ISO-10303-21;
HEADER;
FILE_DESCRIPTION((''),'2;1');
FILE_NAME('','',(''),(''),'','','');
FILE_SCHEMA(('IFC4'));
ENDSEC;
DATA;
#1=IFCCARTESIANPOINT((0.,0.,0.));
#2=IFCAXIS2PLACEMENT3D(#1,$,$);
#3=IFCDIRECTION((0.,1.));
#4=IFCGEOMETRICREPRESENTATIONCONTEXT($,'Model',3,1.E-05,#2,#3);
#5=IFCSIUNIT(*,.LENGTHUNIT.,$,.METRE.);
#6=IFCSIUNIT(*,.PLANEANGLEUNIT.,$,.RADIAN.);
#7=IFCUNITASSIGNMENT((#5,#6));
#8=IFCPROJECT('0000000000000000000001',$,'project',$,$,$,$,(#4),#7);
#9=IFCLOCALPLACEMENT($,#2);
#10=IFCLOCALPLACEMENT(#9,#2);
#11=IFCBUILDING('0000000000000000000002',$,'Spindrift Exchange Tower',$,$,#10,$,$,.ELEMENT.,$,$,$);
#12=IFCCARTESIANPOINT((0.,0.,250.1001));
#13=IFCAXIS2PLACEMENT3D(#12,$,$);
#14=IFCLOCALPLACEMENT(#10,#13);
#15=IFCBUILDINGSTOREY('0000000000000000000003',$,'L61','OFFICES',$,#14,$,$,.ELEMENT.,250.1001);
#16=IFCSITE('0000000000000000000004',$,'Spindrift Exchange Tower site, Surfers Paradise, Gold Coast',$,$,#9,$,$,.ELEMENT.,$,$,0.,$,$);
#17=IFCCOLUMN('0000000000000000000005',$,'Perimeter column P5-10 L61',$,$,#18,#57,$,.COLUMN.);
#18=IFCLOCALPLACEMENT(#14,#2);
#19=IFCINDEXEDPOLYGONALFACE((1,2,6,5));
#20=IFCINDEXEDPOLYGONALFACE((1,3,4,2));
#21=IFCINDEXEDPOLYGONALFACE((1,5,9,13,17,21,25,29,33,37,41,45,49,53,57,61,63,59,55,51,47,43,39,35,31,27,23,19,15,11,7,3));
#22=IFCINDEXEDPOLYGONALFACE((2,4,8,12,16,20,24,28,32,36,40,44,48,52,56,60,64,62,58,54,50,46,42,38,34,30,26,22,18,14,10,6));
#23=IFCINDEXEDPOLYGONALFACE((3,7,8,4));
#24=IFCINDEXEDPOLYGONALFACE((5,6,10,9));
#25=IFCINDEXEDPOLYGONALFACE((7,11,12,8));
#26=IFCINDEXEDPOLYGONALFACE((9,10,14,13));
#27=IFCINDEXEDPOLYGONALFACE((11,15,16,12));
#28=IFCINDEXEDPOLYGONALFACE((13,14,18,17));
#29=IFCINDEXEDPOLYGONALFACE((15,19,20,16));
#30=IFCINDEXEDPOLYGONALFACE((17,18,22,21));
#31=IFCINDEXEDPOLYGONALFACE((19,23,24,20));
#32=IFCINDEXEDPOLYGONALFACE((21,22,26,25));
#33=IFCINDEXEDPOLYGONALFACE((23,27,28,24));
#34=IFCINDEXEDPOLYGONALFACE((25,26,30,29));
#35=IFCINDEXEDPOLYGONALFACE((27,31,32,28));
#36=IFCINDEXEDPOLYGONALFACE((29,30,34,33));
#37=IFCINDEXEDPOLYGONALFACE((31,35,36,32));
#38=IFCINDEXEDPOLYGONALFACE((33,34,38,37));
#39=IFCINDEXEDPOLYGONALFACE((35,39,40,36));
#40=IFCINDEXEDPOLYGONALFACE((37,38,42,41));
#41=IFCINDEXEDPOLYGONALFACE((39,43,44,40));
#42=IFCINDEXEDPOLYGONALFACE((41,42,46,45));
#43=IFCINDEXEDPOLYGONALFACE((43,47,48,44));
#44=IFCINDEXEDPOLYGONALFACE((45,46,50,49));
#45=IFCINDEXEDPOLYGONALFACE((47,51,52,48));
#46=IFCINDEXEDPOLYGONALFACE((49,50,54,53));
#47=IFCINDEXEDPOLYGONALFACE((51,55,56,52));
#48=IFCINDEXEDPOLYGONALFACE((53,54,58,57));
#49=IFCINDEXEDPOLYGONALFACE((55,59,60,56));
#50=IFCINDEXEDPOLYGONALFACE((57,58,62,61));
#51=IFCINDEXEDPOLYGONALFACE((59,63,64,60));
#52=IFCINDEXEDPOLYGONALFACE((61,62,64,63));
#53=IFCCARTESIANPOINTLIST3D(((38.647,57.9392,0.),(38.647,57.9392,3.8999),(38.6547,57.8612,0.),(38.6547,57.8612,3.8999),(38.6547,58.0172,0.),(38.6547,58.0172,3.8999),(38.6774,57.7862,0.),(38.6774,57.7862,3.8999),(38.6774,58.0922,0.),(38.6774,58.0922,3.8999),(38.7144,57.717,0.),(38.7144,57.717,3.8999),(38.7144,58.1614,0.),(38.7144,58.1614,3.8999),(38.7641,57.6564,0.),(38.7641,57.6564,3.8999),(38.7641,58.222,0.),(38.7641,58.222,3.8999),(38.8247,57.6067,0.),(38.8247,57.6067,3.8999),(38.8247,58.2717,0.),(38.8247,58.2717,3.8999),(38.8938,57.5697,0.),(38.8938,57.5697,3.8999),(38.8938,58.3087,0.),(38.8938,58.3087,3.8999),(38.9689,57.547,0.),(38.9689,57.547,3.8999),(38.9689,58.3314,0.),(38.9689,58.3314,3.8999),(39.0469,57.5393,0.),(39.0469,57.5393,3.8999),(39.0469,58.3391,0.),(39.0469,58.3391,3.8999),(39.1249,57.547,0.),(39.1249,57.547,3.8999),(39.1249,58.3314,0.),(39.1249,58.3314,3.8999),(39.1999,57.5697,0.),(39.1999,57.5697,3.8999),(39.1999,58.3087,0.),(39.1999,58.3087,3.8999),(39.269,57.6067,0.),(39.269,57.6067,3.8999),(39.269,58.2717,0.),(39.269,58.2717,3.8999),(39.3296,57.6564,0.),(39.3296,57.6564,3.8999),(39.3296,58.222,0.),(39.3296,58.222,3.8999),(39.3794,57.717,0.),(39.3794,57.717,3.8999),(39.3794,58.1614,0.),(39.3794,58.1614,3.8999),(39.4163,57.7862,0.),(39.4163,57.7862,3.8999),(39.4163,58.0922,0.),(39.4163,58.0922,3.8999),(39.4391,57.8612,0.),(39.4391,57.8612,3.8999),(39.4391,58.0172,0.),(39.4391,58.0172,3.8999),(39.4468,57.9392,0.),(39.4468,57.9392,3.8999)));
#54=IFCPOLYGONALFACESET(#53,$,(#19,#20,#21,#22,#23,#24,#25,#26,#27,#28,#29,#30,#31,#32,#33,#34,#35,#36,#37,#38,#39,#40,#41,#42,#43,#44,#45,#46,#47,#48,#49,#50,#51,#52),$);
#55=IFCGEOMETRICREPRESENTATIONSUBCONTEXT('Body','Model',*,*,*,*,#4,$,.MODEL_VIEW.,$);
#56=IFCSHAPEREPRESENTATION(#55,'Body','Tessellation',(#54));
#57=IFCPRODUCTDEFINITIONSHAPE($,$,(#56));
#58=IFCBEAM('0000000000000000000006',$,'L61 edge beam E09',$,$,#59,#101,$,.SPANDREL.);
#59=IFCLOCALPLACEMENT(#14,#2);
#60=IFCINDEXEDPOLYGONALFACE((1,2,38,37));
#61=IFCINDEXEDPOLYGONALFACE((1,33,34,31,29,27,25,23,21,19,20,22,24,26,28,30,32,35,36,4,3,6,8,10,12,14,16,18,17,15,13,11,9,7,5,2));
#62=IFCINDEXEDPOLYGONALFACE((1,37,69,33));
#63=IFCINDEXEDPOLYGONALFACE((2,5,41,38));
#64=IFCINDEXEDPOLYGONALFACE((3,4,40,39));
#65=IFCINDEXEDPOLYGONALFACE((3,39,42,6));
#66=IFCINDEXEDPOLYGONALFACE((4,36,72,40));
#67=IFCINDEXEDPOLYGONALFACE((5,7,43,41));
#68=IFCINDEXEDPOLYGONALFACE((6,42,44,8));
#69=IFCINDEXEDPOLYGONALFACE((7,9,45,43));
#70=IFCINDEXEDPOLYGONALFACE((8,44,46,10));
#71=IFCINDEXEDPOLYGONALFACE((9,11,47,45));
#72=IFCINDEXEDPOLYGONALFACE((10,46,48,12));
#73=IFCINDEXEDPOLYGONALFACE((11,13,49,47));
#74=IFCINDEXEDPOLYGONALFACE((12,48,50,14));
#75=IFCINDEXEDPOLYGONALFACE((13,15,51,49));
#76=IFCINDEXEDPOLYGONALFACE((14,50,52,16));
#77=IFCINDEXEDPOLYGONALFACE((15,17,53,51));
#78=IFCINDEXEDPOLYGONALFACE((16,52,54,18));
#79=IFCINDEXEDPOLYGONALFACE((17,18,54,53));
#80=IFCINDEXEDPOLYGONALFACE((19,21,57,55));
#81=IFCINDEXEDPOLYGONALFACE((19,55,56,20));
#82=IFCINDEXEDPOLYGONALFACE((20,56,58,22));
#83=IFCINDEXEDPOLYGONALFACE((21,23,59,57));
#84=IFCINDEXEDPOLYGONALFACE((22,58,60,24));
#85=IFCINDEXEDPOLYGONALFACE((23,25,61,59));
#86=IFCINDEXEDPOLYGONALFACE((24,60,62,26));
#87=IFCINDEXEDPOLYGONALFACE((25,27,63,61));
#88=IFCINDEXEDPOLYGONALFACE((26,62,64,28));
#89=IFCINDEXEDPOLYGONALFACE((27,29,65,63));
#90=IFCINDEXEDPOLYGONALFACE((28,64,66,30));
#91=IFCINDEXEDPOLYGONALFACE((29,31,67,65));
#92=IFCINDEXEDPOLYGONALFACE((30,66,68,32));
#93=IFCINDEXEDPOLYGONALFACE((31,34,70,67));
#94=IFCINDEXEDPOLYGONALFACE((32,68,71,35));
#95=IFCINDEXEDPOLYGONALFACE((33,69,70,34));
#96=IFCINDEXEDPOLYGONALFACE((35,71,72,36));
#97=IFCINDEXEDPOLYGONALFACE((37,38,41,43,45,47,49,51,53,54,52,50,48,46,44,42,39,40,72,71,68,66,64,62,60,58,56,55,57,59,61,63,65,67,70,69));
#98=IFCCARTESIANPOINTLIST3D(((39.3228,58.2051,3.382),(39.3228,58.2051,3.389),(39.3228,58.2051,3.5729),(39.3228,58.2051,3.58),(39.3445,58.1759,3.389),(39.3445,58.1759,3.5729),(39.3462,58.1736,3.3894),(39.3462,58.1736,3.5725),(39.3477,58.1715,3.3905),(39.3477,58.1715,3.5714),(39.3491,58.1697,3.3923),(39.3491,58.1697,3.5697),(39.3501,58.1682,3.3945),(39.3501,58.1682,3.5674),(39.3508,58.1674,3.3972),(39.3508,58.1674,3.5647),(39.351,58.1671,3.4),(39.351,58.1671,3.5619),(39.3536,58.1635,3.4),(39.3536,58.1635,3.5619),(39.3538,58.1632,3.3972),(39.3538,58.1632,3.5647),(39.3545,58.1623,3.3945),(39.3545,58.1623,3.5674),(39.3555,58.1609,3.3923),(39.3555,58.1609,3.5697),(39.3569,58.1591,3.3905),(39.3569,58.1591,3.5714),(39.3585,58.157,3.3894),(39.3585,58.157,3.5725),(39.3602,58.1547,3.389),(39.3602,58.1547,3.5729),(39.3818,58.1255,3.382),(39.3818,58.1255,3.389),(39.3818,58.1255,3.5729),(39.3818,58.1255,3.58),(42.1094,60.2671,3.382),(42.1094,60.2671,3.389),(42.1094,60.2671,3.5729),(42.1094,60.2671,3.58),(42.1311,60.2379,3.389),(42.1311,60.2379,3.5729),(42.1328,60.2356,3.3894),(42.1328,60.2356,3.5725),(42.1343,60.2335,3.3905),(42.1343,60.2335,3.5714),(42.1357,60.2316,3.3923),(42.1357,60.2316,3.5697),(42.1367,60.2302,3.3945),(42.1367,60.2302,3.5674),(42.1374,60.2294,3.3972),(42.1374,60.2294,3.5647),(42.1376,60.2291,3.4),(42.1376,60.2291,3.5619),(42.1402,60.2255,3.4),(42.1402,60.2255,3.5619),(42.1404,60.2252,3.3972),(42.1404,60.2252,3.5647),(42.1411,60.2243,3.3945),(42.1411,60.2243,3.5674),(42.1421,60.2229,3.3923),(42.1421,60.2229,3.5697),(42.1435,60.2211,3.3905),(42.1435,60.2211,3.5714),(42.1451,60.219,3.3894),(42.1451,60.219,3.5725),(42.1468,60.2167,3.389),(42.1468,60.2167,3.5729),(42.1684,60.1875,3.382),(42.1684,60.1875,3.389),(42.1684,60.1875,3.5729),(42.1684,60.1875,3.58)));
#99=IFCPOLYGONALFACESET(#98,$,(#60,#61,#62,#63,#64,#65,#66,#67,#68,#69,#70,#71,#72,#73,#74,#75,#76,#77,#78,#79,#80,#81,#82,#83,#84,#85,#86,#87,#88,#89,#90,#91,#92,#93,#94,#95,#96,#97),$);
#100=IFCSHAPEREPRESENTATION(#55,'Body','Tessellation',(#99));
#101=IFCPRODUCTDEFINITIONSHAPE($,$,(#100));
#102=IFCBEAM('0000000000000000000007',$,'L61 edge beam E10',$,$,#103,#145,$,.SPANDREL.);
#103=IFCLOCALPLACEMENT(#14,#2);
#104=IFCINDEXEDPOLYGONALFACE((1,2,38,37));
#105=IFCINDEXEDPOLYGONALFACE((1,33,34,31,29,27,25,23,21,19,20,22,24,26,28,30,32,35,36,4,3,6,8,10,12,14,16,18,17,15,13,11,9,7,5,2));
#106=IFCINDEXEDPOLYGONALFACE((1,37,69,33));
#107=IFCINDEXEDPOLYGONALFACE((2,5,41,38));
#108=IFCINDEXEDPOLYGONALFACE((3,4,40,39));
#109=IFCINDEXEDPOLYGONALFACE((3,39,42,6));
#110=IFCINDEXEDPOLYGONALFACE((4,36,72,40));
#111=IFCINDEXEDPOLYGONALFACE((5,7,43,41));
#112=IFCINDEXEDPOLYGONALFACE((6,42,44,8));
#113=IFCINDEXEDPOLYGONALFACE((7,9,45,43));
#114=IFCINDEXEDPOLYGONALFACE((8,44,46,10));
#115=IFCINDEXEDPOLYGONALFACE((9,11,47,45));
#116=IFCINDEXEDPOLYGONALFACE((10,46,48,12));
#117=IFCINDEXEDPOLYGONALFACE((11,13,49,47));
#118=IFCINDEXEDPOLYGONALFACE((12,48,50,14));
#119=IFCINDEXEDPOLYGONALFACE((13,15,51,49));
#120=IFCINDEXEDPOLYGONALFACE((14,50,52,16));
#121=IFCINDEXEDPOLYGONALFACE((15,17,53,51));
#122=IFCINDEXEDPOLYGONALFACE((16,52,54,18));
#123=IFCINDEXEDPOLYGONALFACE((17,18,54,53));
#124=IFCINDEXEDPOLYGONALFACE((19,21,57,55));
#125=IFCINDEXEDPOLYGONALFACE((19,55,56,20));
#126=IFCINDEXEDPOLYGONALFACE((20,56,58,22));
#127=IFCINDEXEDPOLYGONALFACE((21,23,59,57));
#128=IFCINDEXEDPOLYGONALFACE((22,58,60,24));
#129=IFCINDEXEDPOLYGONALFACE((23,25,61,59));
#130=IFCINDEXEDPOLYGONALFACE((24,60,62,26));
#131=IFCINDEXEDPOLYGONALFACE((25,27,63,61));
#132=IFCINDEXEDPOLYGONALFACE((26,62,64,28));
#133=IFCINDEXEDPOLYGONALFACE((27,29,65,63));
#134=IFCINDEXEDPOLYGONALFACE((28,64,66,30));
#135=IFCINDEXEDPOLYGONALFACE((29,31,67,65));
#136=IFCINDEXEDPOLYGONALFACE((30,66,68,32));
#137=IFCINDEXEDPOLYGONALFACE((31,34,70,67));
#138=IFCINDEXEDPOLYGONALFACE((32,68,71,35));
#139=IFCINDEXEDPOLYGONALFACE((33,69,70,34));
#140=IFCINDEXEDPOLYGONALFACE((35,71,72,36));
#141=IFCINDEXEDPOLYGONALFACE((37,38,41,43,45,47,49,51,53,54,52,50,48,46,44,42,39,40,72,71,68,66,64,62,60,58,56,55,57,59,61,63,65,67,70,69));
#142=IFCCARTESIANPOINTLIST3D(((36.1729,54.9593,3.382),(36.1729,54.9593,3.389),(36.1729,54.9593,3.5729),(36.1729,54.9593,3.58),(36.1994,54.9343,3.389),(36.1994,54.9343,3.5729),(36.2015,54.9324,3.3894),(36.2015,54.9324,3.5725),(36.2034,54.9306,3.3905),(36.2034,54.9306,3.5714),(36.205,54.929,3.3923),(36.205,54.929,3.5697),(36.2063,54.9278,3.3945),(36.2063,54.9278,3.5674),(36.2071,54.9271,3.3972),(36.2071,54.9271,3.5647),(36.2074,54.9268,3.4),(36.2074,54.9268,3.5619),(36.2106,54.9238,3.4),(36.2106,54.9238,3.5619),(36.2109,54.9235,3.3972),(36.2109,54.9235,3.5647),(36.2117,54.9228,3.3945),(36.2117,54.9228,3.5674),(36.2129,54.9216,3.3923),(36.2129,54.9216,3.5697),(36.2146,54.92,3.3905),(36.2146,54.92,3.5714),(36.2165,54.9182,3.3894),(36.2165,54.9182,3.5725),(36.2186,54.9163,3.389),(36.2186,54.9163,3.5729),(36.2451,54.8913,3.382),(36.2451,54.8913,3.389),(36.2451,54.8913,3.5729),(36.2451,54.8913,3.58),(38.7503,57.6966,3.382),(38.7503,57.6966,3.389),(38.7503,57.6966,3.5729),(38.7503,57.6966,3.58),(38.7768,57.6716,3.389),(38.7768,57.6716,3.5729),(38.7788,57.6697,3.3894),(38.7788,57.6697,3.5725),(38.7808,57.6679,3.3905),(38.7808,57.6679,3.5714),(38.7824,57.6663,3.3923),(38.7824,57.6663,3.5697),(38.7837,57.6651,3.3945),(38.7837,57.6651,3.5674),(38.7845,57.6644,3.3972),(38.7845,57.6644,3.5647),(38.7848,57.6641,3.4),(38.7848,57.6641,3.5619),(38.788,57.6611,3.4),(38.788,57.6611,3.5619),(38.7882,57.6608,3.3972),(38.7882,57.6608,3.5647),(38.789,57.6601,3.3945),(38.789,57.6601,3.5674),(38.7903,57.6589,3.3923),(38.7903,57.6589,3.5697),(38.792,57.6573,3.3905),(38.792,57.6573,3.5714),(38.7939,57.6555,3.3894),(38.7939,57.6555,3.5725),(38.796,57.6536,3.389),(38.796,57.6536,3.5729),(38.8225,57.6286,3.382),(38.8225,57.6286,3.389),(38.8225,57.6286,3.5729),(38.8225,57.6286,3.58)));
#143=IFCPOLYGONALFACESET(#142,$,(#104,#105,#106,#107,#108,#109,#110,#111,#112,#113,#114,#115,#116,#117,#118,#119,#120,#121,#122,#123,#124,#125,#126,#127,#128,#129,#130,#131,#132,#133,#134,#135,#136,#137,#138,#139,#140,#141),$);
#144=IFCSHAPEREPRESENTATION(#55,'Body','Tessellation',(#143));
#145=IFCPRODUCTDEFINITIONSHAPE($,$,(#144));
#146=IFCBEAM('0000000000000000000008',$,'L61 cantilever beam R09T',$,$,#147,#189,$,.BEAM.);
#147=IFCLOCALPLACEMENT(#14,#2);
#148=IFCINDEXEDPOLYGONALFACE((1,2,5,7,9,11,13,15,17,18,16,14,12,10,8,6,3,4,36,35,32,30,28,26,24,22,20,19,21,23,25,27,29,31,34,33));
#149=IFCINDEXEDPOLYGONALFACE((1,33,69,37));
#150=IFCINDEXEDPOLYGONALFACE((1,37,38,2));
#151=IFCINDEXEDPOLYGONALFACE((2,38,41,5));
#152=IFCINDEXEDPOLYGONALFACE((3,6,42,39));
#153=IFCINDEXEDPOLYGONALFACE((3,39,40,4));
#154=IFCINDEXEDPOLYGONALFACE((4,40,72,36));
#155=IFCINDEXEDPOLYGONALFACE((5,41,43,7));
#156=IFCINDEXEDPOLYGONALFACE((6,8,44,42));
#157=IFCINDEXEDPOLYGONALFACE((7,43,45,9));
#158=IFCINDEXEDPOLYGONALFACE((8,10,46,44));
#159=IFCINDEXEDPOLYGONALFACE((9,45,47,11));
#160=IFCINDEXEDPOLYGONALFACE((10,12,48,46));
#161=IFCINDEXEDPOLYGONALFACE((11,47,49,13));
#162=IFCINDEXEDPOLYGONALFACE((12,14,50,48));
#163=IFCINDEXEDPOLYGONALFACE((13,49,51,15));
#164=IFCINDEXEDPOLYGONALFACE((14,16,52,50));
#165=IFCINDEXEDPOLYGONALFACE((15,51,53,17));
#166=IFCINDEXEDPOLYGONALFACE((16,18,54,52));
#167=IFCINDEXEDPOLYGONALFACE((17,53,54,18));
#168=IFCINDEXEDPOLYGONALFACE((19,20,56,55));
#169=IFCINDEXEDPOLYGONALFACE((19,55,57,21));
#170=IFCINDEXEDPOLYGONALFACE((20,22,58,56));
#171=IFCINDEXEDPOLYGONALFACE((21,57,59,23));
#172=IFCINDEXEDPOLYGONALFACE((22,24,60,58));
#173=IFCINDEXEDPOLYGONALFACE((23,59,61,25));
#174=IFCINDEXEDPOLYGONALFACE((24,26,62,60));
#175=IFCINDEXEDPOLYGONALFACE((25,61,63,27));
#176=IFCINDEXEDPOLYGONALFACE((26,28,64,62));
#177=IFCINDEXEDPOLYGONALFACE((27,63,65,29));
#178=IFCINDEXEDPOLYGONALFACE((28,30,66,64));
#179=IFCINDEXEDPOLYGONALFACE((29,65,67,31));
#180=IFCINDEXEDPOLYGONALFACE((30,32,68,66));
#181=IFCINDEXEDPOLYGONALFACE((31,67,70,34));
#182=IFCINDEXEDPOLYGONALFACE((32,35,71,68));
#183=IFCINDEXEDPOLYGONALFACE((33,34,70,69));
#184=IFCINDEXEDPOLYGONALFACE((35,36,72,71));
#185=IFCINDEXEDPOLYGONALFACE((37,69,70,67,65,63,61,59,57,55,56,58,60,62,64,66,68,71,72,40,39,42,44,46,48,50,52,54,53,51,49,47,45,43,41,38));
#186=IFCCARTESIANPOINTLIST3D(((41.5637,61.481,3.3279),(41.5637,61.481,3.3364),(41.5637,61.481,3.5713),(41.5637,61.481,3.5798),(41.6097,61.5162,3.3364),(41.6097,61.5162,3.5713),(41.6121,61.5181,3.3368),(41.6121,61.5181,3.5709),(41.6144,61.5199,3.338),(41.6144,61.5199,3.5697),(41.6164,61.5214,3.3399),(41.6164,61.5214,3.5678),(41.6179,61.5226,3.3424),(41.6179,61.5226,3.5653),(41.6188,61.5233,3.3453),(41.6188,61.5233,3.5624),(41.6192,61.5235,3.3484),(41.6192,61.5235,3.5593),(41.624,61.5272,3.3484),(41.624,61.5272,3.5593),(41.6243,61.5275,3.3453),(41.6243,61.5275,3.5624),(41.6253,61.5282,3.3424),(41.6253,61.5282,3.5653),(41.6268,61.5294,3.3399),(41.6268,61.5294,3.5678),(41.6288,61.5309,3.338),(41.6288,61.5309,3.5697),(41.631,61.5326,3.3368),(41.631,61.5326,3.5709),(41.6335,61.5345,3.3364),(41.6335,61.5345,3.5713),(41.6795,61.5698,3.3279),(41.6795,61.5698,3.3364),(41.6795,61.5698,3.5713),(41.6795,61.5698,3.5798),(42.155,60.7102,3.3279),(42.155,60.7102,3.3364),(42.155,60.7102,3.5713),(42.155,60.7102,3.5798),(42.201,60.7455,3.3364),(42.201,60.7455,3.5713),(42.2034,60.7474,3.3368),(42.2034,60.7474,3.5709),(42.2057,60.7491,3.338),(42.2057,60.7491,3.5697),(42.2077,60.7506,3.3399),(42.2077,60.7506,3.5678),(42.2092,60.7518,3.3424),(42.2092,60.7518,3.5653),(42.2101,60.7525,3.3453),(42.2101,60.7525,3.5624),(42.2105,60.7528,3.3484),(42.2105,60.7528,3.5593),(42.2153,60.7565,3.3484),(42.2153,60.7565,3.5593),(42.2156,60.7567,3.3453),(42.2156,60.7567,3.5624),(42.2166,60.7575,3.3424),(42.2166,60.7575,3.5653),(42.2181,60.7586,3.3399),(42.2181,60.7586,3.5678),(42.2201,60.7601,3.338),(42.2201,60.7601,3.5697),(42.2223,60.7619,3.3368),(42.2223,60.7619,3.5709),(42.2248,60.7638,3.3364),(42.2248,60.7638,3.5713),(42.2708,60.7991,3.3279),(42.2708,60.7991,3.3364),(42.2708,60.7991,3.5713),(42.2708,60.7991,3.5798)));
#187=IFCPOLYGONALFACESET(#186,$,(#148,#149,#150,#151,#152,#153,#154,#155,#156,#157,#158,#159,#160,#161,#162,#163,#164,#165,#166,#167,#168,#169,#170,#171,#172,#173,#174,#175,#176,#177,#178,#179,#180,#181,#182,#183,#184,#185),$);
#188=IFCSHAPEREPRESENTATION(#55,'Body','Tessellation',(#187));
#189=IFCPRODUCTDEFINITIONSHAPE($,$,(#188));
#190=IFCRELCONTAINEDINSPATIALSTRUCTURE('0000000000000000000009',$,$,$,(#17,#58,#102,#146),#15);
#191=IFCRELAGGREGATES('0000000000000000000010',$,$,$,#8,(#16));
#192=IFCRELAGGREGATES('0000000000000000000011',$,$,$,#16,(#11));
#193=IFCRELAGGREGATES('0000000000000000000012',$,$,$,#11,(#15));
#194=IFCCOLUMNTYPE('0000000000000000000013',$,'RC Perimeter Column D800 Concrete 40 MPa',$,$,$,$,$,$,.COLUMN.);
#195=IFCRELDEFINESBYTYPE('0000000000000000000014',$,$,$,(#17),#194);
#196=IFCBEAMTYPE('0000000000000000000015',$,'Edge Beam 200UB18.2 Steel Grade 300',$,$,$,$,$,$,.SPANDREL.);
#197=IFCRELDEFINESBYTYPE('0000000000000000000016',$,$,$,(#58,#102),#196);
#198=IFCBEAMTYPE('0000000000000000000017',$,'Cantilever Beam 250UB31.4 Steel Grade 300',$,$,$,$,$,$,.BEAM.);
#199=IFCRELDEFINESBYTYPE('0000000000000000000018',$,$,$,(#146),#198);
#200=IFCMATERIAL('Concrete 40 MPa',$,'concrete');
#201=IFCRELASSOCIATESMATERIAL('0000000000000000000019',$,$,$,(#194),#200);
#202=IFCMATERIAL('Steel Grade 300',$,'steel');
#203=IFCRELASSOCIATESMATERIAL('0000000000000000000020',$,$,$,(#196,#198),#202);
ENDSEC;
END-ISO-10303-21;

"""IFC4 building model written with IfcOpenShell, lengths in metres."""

from ifc_helpers import new_model, si_unit, direction, frame, origin, origin_2d, place, context, subcontext, project, spatial, circle, i_section, extrude, source, transform, mapped, material, material_profile, profile_set, type_object, element, save


model = new_model("IFC4")

# Units and contexts
model_context = context("Model", 3, precision=1e-05, world=origin(), true_north=direction((0.0, 1.0)))
body_context = subcontext(model_context, "Body", "Model", "MODEL_VIEW")
ifc_project = project(units=[si_unit("LENGTHUNIT", "METRE"), si_unit("PLANEANGLEUNIT", "RADIAN")], contexts=[model_context])

# Site, building, storey
site_placement = place(None, origin())
site = spatial("IfcSite", under=ifc_project, at=site_placement, Name="Spindrift Exchange Tower site, Surfers Paradise, Gold Coast", CompositionType="ELEMENT", RefElevation=0.0)
building_placement = place(site_placement, origin())
building = spatial("IfcBuilding", under=site, at=building_placement, Name="Spindrift Exchange Tower", CompositionType="ELEMENT")
storey_placement = place(building_placement, frame((0.0, 0.0, 250.1001)))
storey = spatial("IfcBuildingStorey", under=building, at=storey_placement, Name="L61", Description="OFFICES", CompositionType="ELEMENT", Elevation=250.1001)

# Column
ifc_material_1 = material(Name="Concrete 40 MPa", Category="concrete")
ifc_material_profile_1 = material_profile(ifc_material_1, circle(Radius=0.3999, at=origin_2d()), Name="RC D800")
ifc_profile_set_1 = profile_set([ifc_material_profile_1], Name="Concrete 40 MPa")
column_type = type_object("IfcColumnType", Name="RC Perimeter Column D800 Concrete 40 MPa", PredefinedType="COLUMN", material=ifc_profile_set_1)
shared_shape_1 = source(origin(), body_context, "Body", "SweptSolid", [
    extrude(circle(Radius=0.3999, at=origin_2d()), origin(), (0.0, 0.0, 1.0), 3.8999),
])
column_placement = place(storey_placement, frame((39.0469, 57.9392, 0.0), z_axis=(0.0, 0.0, 1.0), x_axis=(1.0, 0.0, 0.0)))
element("IfcColumn", 1, at=column_placement, inside=storey, type_object=column_type, Name="Perimeter column P5-10 L61", PredefinedType="COLUMN", context=body_context, shape_type="MappedRepresentation", body=[
    mapped(shared_shape_1, transform((0.0, 0.0, 0.0), scale=1.0)),
])

# Beams
ifc_material_2 = material(Name="Steel Grade 300", Category="steel")
ifc_material_profile_2 = material_profile(ifc_material_2, i_section(OverallWidth=0.0991, OverallDepth=0.198, WebThickness=0.0044, FlangeThickness=0.0071, FilletRadius=0.011, at=origin_2d()), Name="200UB18.2")
ifc_profile_set_2 = profile_set([ifc_material_profile_2], Name="Steel Grade 300")
beam_type_1 = type_object("IfcBeamType", Name="Edge Beam 200UB18.2 Steel Grade 300", PredefinedType="SPANDREL", material=ifc_profile_set_2)
shared_shape_2 = source(origin(), body_context, "Body", "SweptSolid", [
    extrude(i_section(OverallWidth=0.0991, OverallDepth=0.198, WebThickness=0.0044, FlangeThickness=0.0071, FilletRadius=0.011, at=origin_2d()), origin(), (0.0, 0.0, 1.0), 3.4666),
])
beam_1_placement = place(storey_placement, frame((42.1389, 60.2273, 3.481), z_axis=(-0.803854, -0.594827, 0.0), x_axis=(0.594827, -0.803854, 0.0)))
element("IfcBeam", 2, at=beam_1_placement, inside=storey, type_object=beam_type_1, Name="L61 edge beam E09", PredefinedType="SPANDREL", context=body_context, shape_type="MappedRepresentation", body=[
    mapped(shared_shape_2, transform((0.0, 0.0, 0.0), scale=1.0)),
])
shared_shape_3 = source(origin(), body_context, "Body", "SweptSolid", [
    extrude(i_section(OverallWidth=0.0991, OverallDepth=0.198, WebThickness=0.0044, FlangeThickness=0.0071, FilletRadius=0.011, at=origin_2d()), origin(), (0.0, 0.0, 1.0), 3.7598),
])
beam_2_placement = place(storey_placement, frame((38.7864, 57.6626, 3.481), z_axis=(-0.685521, -0.728053, 0.0), x_axis=(0.728053, -0.685521, 0.0)))
element("IfcBeam", 3, at=beam_2_placement, inside=storey, type_object=beam_type_1, Name="L61 edge beam E10", PredefinedType="SPANDREL", context=body_context, shape_type="MappedRepresentation", body=[
    mapped(shared_shape_3, transform((0.0, 0.0, 0.0), scale=1.0)),
])
ifc_material_profile_3 = material_profile(ifc_material_2, i_section(OverallWidth=0.146, OverallDepth=0.252, WebThickness=0.0061, FlangeThickness=0.0085, FilletRadius=0.012, at=origin_2d()), Name="250UB31.4")
ifc_profile_set_3 = profile_set([ifc_material_profile_3], Name="Steel Grade 300")
beam_type_2 = type_object("IfcBeamType", Name="Cantilever Beam 250UB31.4 Steel Grade 300", PredefinedType="BEAM", material=ifc_profile_set_3)
shared_shape_4 = source(origin(), body_context, "Body", "SweptSolid", [
    extrude(i_section(OverallWidth=0.146, OverallDepth=0.252, WebThickness=0.0061, FlangeThickness=0.0085, FilletRadius=0.012, at=origin_2d()), origin(), (0.0, 0.0, 1.0), 0.9714),
])
beam_3_placement = place(storey_placement, frame((42.2129, 60.7546, 3.4539), z_axis=(-0.60869, 0.793408, 0.0), x_axis=(-0.793408, -0.60869, 0.0)))
element("IfcBeam", 4, at=beam_3_placement, inside=storey, type_object=beam_type_2, Name="L61 cantilever beam R09T", PredefinedType="BEAM", context=body_context, shape_type="MappedRepresentation", body=[
    mapped(shared_shape_4, transform((0.0, 0.0, 0.0), scale=1.0)),
])

save(model, "model.ifc")
